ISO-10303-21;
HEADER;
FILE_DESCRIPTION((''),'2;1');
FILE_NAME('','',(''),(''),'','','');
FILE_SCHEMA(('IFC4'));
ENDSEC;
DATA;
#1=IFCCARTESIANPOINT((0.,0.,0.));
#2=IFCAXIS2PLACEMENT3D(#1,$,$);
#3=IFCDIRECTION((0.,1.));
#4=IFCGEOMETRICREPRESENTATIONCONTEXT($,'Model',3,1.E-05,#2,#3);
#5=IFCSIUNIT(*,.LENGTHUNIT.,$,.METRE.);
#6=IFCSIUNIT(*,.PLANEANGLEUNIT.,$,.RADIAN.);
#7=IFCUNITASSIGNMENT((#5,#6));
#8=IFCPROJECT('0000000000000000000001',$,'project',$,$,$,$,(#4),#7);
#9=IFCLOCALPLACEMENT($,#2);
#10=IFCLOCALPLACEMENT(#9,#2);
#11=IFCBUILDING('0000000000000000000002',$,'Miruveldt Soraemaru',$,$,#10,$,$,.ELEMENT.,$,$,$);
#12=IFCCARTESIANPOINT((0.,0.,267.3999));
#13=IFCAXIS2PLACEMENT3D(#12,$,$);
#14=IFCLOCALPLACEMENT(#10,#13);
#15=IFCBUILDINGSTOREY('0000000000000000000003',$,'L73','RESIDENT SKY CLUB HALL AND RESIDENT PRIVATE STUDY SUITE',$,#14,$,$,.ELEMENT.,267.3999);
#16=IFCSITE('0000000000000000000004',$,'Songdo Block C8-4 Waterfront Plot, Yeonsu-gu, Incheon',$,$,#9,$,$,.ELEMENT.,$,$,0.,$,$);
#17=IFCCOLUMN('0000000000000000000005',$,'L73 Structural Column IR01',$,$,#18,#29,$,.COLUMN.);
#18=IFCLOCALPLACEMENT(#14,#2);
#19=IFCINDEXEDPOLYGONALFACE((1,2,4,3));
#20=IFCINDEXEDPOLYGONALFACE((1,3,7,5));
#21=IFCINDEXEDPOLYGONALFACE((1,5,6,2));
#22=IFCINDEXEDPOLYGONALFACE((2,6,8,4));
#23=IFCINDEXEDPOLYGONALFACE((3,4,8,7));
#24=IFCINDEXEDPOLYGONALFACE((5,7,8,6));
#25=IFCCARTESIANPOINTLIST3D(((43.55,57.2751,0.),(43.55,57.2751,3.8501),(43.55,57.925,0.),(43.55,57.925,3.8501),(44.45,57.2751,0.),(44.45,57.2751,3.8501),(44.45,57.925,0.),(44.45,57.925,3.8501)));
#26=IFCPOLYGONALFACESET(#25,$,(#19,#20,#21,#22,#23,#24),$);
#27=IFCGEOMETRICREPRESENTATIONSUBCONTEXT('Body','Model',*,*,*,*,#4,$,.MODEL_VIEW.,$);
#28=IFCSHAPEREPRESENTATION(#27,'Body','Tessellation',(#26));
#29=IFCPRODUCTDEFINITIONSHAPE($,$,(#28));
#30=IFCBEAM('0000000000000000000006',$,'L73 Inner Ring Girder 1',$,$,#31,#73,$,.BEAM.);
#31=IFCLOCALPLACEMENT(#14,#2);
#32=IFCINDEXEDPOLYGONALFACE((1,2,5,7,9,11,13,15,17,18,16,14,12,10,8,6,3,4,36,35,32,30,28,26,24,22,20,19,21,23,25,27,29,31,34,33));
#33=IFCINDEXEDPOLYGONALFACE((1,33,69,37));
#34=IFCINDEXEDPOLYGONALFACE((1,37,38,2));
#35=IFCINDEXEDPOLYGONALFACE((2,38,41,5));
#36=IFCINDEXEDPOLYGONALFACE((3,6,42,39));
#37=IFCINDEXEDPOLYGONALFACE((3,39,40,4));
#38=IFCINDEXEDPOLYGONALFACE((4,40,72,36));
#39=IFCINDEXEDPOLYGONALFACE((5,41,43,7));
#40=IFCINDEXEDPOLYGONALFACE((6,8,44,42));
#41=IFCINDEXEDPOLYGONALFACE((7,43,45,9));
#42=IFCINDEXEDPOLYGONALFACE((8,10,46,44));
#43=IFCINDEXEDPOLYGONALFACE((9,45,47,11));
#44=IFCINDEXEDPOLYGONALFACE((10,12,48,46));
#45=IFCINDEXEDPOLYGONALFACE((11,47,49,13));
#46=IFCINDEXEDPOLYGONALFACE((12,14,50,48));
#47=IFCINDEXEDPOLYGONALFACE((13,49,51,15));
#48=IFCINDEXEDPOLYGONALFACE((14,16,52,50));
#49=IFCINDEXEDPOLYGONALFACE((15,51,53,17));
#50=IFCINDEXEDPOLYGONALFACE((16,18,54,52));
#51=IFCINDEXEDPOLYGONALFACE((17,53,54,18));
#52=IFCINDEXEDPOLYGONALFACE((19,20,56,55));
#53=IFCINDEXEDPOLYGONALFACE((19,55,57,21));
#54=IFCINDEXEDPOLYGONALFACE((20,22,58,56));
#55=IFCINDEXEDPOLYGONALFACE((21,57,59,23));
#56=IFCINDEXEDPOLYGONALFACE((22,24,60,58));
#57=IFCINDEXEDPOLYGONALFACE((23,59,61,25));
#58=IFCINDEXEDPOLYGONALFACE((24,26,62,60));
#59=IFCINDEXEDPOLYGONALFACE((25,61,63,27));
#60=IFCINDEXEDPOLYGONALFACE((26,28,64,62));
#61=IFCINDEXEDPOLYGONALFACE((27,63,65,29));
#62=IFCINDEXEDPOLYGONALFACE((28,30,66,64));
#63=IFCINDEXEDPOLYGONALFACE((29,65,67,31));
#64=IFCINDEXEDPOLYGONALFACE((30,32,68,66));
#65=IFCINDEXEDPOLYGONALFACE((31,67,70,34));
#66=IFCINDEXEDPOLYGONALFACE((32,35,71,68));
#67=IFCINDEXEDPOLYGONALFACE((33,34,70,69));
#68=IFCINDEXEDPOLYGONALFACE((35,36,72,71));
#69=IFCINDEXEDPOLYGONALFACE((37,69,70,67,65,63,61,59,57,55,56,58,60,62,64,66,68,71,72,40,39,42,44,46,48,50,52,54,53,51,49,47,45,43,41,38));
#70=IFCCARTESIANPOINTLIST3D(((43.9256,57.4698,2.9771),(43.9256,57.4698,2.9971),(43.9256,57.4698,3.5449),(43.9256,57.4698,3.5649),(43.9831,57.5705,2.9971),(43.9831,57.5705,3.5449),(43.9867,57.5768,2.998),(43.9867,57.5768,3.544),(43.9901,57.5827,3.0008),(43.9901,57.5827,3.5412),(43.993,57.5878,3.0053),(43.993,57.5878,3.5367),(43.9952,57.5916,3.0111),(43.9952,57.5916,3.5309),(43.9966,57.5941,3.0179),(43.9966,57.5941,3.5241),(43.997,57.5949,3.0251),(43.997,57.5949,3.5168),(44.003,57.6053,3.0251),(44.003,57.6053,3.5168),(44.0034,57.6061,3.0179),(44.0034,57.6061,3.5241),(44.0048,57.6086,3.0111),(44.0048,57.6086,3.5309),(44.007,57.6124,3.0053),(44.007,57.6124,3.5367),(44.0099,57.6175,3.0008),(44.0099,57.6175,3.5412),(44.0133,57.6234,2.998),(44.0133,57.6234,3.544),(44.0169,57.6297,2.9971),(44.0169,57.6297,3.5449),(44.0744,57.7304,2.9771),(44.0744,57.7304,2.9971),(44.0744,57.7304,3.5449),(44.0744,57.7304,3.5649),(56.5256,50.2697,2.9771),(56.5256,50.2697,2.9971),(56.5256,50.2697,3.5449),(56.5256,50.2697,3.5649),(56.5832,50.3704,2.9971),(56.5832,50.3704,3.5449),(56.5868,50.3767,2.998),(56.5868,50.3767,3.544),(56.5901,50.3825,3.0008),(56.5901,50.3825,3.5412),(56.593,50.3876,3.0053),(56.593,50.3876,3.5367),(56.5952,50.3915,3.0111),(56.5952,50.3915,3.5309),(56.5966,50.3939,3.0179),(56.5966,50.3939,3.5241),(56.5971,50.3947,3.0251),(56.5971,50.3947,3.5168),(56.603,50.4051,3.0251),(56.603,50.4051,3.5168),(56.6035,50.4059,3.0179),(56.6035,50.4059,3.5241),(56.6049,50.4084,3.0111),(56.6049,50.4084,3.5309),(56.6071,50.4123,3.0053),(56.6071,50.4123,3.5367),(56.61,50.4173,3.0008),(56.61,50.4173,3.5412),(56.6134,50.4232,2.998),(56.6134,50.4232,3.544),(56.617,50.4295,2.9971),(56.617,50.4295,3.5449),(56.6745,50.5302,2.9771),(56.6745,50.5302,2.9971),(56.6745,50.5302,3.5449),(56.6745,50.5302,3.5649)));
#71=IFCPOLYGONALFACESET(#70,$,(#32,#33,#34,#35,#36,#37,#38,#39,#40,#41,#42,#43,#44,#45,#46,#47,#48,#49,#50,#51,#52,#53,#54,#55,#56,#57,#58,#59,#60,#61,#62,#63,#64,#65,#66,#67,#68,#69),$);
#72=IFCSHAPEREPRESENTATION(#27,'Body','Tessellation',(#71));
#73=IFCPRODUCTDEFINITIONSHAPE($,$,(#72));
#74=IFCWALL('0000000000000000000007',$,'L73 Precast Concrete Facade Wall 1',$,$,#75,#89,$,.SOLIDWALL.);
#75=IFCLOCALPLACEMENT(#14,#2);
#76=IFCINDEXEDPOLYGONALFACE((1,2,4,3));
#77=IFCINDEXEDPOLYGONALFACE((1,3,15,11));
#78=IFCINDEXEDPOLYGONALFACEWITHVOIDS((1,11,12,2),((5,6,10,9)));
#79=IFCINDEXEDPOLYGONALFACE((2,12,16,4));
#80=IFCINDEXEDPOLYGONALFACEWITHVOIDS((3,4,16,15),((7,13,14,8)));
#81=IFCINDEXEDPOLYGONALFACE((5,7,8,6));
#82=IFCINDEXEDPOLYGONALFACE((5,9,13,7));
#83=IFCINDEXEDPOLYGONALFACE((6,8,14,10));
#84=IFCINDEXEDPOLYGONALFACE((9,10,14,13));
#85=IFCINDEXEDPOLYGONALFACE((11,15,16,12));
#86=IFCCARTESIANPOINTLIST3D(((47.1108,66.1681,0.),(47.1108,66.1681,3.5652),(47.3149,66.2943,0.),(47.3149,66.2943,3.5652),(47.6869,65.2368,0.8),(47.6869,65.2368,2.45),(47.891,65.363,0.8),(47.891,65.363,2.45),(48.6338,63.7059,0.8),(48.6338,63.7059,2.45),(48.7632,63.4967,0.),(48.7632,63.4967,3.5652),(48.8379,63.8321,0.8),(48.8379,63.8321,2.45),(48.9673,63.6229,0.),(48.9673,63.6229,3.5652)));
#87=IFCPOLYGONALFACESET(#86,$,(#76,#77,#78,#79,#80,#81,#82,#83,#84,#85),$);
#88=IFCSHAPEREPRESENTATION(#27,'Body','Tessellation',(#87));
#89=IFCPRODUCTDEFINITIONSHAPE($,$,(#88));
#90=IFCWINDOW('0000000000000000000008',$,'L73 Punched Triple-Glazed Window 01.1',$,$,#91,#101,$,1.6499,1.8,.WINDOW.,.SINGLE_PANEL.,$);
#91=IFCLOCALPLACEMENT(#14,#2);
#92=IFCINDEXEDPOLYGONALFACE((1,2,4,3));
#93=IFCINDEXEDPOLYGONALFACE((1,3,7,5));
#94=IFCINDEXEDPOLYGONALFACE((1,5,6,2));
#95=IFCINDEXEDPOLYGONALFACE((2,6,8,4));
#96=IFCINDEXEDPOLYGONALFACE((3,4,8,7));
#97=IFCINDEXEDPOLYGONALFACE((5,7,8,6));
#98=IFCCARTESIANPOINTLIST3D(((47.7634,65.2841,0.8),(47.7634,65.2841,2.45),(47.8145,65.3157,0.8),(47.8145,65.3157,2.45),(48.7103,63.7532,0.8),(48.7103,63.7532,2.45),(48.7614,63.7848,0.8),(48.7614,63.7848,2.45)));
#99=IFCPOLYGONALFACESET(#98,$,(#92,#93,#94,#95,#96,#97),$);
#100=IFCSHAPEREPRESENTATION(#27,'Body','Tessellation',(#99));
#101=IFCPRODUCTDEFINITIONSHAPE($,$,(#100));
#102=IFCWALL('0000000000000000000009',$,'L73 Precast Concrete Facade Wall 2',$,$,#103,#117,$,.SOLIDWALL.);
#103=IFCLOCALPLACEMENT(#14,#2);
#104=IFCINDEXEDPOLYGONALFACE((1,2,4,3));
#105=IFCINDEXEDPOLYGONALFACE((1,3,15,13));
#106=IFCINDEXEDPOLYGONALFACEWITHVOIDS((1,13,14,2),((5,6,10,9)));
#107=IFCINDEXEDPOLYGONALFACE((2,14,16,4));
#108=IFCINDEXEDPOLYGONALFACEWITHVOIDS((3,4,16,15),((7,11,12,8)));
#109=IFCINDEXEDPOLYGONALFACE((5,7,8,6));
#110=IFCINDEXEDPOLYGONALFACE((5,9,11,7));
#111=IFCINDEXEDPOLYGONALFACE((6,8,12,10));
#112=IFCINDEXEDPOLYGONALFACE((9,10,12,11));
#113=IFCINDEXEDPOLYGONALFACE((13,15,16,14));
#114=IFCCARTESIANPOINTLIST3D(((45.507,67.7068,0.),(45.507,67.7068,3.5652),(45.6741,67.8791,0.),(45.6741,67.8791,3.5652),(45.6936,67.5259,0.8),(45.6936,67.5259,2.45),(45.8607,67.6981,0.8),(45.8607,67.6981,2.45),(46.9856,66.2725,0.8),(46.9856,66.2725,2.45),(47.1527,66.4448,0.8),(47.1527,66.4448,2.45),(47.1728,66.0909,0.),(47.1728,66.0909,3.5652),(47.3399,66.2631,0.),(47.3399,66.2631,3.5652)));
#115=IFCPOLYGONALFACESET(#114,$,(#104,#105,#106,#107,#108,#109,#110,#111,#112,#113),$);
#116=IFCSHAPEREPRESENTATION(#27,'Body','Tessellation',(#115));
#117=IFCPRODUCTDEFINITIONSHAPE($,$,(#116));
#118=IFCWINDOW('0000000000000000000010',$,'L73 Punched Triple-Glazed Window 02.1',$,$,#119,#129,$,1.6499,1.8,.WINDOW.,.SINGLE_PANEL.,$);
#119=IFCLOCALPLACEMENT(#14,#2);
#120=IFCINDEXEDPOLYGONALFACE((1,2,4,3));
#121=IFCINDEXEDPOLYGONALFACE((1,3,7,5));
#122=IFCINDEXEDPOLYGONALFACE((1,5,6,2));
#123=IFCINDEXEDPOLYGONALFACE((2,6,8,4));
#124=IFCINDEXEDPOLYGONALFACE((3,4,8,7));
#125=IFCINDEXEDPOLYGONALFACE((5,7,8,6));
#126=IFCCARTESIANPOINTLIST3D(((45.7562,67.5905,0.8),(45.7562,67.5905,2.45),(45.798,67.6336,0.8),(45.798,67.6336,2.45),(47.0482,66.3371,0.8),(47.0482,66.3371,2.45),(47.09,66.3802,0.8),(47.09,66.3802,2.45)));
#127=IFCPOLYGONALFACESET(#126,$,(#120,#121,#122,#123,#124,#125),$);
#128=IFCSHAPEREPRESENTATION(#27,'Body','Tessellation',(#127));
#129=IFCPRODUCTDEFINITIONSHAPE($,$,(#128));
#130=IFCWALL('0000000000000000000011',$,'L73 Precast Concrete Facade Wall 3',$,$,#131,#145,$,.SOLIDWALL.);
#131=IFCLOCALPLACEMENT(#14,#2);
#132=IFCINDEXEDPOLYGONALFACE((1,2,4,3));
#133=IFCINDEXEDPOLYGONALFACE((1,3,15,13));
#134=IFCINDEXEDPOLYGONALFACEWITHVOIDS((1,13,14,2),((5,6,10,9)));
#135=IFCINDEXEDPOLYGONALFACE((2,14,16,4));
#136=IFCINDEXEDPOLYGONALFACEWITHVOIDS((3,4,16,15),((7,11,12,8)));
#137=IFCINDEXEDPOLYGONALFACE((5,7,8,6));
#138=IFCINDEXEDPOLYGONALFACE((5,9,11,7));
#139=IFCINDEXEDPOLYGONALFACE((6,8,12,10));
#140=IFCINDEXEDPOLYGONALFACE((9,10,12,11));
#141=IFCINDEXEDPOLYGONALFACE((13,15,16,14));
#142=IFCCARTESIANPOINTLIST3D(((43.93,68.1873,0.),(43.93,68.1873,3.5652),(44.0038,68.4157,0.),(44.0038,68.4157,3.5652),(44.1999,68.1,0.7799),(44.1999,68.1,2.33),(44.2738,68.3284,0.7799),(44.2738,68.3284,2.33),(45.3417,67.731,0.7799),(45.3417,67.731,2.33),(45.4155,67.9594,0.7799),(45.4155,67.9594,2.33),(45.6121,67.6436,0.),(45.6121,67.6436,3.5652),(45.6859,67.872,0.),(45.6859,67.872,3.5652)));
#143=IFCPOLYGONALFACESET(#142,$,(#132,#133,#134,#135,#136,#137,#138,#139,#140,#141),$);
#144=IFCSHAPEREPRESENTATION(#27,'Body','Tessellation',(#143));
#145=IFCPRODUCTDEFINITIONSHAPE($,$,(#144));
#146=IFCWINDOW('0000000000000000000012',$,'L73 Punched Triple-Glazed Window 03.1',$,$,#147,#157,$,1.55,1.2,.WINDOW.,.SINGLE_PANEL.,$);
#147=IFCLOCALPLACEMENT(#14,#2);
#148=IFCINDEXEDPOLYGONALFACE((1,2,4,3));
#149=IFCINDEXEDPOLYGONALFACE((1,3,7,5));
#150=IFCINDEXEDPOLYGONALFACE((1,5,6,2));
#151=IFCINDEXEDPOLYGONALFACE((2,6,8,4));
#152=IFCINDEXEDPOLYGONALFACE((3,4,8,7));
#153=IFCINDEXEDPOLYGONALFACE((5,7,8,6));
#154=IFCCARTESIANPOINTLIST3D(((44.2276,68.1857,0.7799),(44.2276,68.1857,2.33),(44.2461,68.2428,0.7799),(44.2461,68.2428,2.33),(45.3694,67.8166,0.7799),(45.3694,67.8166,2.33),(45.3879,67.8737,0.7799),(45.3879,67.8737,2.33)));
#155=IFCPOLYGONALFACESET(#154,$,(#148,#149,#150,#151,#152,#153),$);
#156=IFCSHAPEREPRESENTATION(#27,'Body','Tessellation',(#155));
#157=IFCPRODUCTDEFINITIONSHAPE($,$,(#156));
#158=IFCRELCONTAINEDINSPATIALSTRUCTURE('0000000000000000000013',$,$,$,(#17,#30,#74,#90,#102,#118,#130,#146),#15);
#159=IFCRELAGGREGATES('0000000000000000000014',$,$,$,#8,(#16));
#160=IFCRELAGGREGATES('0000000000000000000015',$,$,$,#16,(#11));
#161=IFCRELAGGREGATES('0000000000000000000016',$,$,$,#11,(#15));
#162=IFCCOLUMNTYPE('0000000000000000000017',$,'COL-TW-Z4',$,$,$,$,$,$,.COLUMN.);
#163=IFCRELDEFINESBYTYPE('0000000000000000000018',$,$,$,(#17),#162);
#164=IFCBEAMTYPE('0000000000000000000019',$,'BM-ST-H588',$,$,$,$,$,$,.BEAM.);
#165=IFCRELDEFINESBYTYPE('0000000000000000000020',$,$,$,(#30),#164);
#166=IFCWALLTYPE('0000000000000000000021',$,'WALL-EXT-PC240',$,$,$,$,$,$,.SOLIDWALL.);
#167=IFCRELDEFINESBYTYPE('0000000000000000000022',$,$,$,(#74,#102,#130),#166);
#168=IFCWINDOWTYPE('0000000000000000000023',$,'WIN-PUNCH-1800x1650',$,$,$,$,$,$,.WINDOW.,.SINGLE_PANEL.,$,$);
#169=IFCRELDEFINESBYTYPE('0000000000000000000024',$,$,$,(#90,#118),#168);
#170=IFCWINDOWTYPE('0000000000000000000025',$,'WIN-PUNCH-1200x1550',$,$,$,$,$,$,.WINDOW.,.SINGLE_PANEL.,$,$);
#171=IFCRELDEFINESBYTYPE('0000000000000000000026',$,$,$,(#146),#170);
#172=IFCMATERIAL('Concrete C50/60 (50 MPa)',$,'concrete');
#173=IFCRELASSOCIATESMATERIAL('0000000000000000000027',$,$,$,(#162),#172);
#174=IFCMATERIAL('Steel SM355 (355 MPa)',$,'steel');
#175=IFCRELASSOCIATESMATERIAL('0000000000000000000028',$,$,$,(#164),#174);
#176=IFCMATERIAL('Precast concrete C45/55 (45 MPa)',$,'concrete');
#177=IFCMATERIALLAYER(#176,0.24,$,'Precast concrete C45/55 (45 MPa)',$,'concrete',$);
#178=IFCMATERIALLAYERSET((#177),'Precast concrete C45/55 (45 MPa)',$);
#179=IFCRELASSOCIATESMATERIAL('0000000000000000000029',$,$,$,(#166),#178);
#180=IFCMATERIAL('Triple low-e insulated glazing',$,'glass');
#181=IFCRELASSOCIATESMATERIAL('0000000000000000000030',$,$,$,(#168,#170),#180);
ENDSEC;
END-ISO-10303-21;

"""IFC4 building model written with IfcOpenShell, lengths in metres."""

from ifc_helpers import new_model, si_unit, direction, frame, frame_2d, origin, origin_2d, place, context, subcontext, project, spatial, rectangle, i_section, extrude, material, layer, layer_set, material_profile, profile_set, type_object, element, fill, save


model = new_model("IFC4")

# Units and contexts
model_context = context("Model", 3, precision=1e-05, world=origin(), true_north=direction((0.0, 1.0)))
body_context = subcontext(model_context, "Body", "Model", "MODEL_VIEW")
ifc_project = project(units=[si_unit("LENGTHUNIT", "METRE"), si_unit("PLANEANGLEUNIT", "RADIAN")], contexts=[model_context])

# Site, building, storey
site_placement = place(None, origin())
site = spatial("IfcSite", under=ifc_project, at=site_placement, Name="Songdo Block C8-4 Waterfront Plot, Yeonsu-gu, Incheon", CompositionType="ELEMENT", RefElevation=0.0)
building_placement = place(site_placement, origin())
building = spatial("IfcBuilding", under=site, at=building_placement, Name="Miruveldt Soraemaru", CompositionType="ELEMENT")
storey_placement = place(building_placement, frame((0.0, 0.0, 267.3999)))
storey = spatial("IfcBuildingStorey", under=building, at=storey_placement, Name="L73", Description="RESIDENT SKY CLUB HALL AND RESIDENT PRIVATE STUDY SUITE", CompositionType="ELEMENT", Elevation=267.3999)

# Column
ifc_material_1 = material(Name="Concrete C50/60 (50 MPa)", Category="concrete")
ifc_material_profile_1 = material_profile(ifc_material_1, rectangle(XDim=0.8999, YDim=0.6499, at=origin_2d()), Name="Concrete C50/60 (50 MPa)", Category="concrete")
ifc_profile_set_1 = profile_set([ifc_material_profile_1], Name="Concrete C50/60 (50 MPa)")
column_type = type_object("IfcColumnType", Name="COL-TW-Z4", PredefinedType="COLUMN", material=ifc_profile_set_1)
column_placement = place(storey_placement, frame((44.0, 57.6001, 0.0), z_axis=(0.0, 0.0, 1.0), x_axis=(1.0, 0.0, 0.0)))
element("IfcColumn", 1, at=column_placement, inside=storey, type_object=column_type, Name="L73 Structural Column IR01", PredefinedType="COLUMN", context=body_context, shape_type="SweptSolid", body=[
    extrude(rectangle(XDim=0.8999, YDim=0.6499, at=origin_2d()), origin(), (0.0, 0.0, 1.0), 3.8501),
])

# Beam
ifc_material_2 = material(Name="Steel SM355 (355 MPa)", Category="steel")
ifc_material_profile_2 = material_profile(ifc_material_2, i_section(OverallWidth=0.3, OverallDepth=0.5879, WebThickness=0.012, FlangeThickness=0.02, FilletRadius=0.0281, at=origin_2d()), Name="Steel SM355 (355 MPa)", Category="steel")
ifc_profile_set_2 = profile_set([ifc_material_profile_2], Name="Steel SM355 (355 MPa)")
beam_type = type_object("IfcBeamType", Name="BM-ST-H588", PredefinedType="BEAM", material=ifc_profile_set_2)
beam_placement = place(storey_placement, frame((44.0, 57.6001, 3.271), z_axis=(0.868239, -0.496146, 0.0), x_axis=(0.496146, 0.868239, 0.0)))
element("IfcBeam", 2, at=beam_placement, inside=storey, type_object=beam_type, Name="L73 Inner Ring Girder 1", PredefinedType="BEAM", context=body_context, shape_type="SweptSolid", body=[
    extrude(i_section(OverallWidth=0.3, OverallDepth=0.5879, WebThickness=0.012, FlangeThickness=0.02, FilletRadius=0.0281, at=origin_2d()), origin(), (0.0, 0.0, 1.0), 14.5122),
])

# Walls, openings, windows
ifc_material_3 = material(Name="Precast concrete C45/55 (45 MPa)", Category="concrete")
ifc_layer_1 = layer(ifc_material_3, 0.24, Name="Precast concrete C45/55 (45 MPa)", Category="concrete")
ifc_layer_set_1 = layer_set([ifc_layer_1], Name="Precast concrete C45/55 (45 MPa)")
wall_type_1 = type_object("IfcWallType", Name="WALL-EXT-PC240", PredefinedType="SOLIDWALL", material=ifc_layer_set_1)
wall_1_placement = place(storey_placement, frame((48.8652, 63.5598, 0.0), z_axis=(0.0, 0.0, 1.0), x_axis=(-0.526039, 0.850461, 0.0)))
wall_1 = element("IfcWall", 3, at=wall_1_placement, inside=storey, type_object=wall_type_1, Name="L73 Precast Concrete Facade Wall 1", PredefinedType="SOLIDWALL", context=body_context, shape_type="SweptSolid", body=[
    extrude(rectangle(XDim=3.1411, YDim=0.24, at=frame_2d((1.5706, 0.0))), origin(), (0.0, 0.0, 1.0), 3.5652),
])
opening_1_placement = place(wall_1_placement, frame((0.2461, 0.0, 0.8)))
opening_1 = element("IfcOpeningElement", 4, at=opening_1_placement, cuts=wall_1, PredefinedType="OPENING", context=body_context, shape_type="SweptSolid", body=[
    extrude(rectangle(XDim=1.8, YDim=1.6499, at=frame_2d((0.8999, 0.825))), frame((0.0, 0.1299, 0.0), z_axis=(0.0, -1.0, 0.0), x_axis=(1.0, 0.0, 0.0)), (0.0, 0.0, 1.0), 0.26),
])
ifc_material_4 = material(Name="Triple low-e insulated glazing", Category="glass")
window_type_1 = type_object("IfcWindowType", Name="WIN-PUNCH-1800x1650", PartitioningType="SINGLE_PANEL", PredefinedType="WINDOW", material=ifc_material_4)
window_1_placement = place(opening_1_placement, origin())
window_1 = element("IfcWindow", 5, at=window_1_placement, inside=storey, type_object=window_type_1, Name="L73 Punched Triple-Glazed Window 01.1", OverallHeight=1.6499, OverallWidth=1.8, PartitioningType="SINGLE_PANEL", PredefinedType="WINDOW", context=body_context, shape_type="SweptSolid", body=[
    extrude(rectangle(XDim=1.8, YDim=1.6499, at=frame_2d((0.8999, 0.825))), frame((0.0, 0.03, 0.0), z_axis=(0.0, -1.0, 0.0), x_axis=(1.0, 0.0, 0.0)), (0.0, 0.0, 1.0), 0.0601),
])
fill(opening_1, window_1)
wall_2_placement = place(storey_placement, frame((47.2563, 66.177, 0.0), z_axis=(0.0, 0.0, 1.0), x_axis=(-0.717755, 0.696295, 0.0)))
wall_2 = element("IfcWall", 6, at=wall_2_placement, inside=storey, type_object=wall_type_1, Name="L73 Precast Concrete Facade Wall 2", PredefinedType="SOLIDWALL", context=body_context, shape_type="SweptSolid", body=[
    extrude(rectangle(XDim=2.3208, YDim=0.24, at=frame_2d((1.1604, 0.0))), origin(), (0.0, 0.0, 1.0), 3.5652),
])
opening_2_placement = place(wall_2_placement, frame((0.261, 0.0, 0.8)))
opening_2 = element("IfcOpeningElement", 7, at=opening_2_placement, cuts=wall_2, PredefinedType="OPENING", context=body_context, shape_type="SweptSolid", body=[
    extrude(rectangle(XDim=1.8, YDim=1.6499, at=frame_2d((0.8999, 0.825))), frame((0.0, 0.1299, 0.0), z_axis=(0.0, -1.0, 0.0), x_axis=(1.0, 0.0, 0.0)), (0.0, 0.0, 1.0), 0.26),
])
window_2_placement = place(opening_2_placement, origin())
window_2 = element("IfcWindow", 8, at=window_2_placement, inside=storey, type_object=window_type_1, Name="L73 Punched Triple-Glazed Window 02.1", OverallHeight=1.6499, OverallWidth=1.8, PartitioningType="SINGLE_PANEL", PredefinedType="WINDOW", context=body_context, shape_type="SweptSolid", body=[
    extrude(rectangle(XDim=1.8, YDim=1.6499, at=frame_2d((0.8999, 0.825))), frame((0.0, 0.03, 0.0), z_axis=(0.0, -1.0, 0.0), x_axis=(1.0, 0.0, 0.0)), (0.0, 0.0, 1.0), 0.0601),
])
fill(opening_2, window_2)
wall_3_placement = place(storey_placement, frame((45.6489, 67.7578, 0.0), z_axis=(0.0, 0.0, 1.0), x_axis=(-0.95153, 0.307556, 0.0)))
wall_3 = element("IfcWall", 9, at=wall_3_placement, inside=storey, type_object=wall_type_1, Name="L73 Precast Concrete Facade Wall 3", PredefinedType="SOLIDWALL", context=body_context, shape_type="SweptSolid", body=[
    extrude(rectangle(XDim=1.7678, YDim=0.24, at=frame_2d((0.8838, 0.0))), origin(), (0.0, 0.0, 1.0), 3.5652),
])
opening_3_placement = place(wall_3_placement, frame((0.2839, 0.0, 0.78)))
opening_3 = element("IfcOpeningElement", 10, at=opening_3_placement, cuts=wall_3, PredefinedType="OPENING", context=body_context, shape_type="SweptSolid", body=[
    extrude(rectangle(XDim=1.2, YDim=1.55, at=frame_2d((0.6001, 0.7749))), frame((0.0, 0.1299, 0.0), z_axis=(0.0, -1.0, 0.0), x_axis=(1.0, 0.0, 0.0)), (0.0, 0.0, 1.0), 0.26),
])
window_type_2 = type_object("IfcWindowType", Name="WIN-PUNCH-1200x1550", PartitioningType="SINGLE_PANEL", PredefinedType="WINDOW", material=ifc_material_4)
window_3_placement = place(opening_3_placement, origin())
window_3 = element("IfcWindow", 11, at=window_3_placement, inside=storey, type_object=window_type_2, Name="L73 Punched Triple-Glazed Window 03.1", OverallHeight=1.55, OverallWidth=1.2, PartitioningType="SINGLE_PANEL", PredefinedType="WINDOW", context=body_context, shape_type="SweptSolid", body=[
    extrude(rectangle(XDim=1.2, YDim=1.55, at=frame_2d((0.6001, 0.7749))), frame((0.0, 0.03, 0.0), z_axis=(0.0, -1.0, 0.0), x_axis=(1.0, 0.0, 0.0)), (0.0, 0.0, 1.0), 0.0601),
])
fill(opening_3, window_3)

save(model, "model.ifc")
